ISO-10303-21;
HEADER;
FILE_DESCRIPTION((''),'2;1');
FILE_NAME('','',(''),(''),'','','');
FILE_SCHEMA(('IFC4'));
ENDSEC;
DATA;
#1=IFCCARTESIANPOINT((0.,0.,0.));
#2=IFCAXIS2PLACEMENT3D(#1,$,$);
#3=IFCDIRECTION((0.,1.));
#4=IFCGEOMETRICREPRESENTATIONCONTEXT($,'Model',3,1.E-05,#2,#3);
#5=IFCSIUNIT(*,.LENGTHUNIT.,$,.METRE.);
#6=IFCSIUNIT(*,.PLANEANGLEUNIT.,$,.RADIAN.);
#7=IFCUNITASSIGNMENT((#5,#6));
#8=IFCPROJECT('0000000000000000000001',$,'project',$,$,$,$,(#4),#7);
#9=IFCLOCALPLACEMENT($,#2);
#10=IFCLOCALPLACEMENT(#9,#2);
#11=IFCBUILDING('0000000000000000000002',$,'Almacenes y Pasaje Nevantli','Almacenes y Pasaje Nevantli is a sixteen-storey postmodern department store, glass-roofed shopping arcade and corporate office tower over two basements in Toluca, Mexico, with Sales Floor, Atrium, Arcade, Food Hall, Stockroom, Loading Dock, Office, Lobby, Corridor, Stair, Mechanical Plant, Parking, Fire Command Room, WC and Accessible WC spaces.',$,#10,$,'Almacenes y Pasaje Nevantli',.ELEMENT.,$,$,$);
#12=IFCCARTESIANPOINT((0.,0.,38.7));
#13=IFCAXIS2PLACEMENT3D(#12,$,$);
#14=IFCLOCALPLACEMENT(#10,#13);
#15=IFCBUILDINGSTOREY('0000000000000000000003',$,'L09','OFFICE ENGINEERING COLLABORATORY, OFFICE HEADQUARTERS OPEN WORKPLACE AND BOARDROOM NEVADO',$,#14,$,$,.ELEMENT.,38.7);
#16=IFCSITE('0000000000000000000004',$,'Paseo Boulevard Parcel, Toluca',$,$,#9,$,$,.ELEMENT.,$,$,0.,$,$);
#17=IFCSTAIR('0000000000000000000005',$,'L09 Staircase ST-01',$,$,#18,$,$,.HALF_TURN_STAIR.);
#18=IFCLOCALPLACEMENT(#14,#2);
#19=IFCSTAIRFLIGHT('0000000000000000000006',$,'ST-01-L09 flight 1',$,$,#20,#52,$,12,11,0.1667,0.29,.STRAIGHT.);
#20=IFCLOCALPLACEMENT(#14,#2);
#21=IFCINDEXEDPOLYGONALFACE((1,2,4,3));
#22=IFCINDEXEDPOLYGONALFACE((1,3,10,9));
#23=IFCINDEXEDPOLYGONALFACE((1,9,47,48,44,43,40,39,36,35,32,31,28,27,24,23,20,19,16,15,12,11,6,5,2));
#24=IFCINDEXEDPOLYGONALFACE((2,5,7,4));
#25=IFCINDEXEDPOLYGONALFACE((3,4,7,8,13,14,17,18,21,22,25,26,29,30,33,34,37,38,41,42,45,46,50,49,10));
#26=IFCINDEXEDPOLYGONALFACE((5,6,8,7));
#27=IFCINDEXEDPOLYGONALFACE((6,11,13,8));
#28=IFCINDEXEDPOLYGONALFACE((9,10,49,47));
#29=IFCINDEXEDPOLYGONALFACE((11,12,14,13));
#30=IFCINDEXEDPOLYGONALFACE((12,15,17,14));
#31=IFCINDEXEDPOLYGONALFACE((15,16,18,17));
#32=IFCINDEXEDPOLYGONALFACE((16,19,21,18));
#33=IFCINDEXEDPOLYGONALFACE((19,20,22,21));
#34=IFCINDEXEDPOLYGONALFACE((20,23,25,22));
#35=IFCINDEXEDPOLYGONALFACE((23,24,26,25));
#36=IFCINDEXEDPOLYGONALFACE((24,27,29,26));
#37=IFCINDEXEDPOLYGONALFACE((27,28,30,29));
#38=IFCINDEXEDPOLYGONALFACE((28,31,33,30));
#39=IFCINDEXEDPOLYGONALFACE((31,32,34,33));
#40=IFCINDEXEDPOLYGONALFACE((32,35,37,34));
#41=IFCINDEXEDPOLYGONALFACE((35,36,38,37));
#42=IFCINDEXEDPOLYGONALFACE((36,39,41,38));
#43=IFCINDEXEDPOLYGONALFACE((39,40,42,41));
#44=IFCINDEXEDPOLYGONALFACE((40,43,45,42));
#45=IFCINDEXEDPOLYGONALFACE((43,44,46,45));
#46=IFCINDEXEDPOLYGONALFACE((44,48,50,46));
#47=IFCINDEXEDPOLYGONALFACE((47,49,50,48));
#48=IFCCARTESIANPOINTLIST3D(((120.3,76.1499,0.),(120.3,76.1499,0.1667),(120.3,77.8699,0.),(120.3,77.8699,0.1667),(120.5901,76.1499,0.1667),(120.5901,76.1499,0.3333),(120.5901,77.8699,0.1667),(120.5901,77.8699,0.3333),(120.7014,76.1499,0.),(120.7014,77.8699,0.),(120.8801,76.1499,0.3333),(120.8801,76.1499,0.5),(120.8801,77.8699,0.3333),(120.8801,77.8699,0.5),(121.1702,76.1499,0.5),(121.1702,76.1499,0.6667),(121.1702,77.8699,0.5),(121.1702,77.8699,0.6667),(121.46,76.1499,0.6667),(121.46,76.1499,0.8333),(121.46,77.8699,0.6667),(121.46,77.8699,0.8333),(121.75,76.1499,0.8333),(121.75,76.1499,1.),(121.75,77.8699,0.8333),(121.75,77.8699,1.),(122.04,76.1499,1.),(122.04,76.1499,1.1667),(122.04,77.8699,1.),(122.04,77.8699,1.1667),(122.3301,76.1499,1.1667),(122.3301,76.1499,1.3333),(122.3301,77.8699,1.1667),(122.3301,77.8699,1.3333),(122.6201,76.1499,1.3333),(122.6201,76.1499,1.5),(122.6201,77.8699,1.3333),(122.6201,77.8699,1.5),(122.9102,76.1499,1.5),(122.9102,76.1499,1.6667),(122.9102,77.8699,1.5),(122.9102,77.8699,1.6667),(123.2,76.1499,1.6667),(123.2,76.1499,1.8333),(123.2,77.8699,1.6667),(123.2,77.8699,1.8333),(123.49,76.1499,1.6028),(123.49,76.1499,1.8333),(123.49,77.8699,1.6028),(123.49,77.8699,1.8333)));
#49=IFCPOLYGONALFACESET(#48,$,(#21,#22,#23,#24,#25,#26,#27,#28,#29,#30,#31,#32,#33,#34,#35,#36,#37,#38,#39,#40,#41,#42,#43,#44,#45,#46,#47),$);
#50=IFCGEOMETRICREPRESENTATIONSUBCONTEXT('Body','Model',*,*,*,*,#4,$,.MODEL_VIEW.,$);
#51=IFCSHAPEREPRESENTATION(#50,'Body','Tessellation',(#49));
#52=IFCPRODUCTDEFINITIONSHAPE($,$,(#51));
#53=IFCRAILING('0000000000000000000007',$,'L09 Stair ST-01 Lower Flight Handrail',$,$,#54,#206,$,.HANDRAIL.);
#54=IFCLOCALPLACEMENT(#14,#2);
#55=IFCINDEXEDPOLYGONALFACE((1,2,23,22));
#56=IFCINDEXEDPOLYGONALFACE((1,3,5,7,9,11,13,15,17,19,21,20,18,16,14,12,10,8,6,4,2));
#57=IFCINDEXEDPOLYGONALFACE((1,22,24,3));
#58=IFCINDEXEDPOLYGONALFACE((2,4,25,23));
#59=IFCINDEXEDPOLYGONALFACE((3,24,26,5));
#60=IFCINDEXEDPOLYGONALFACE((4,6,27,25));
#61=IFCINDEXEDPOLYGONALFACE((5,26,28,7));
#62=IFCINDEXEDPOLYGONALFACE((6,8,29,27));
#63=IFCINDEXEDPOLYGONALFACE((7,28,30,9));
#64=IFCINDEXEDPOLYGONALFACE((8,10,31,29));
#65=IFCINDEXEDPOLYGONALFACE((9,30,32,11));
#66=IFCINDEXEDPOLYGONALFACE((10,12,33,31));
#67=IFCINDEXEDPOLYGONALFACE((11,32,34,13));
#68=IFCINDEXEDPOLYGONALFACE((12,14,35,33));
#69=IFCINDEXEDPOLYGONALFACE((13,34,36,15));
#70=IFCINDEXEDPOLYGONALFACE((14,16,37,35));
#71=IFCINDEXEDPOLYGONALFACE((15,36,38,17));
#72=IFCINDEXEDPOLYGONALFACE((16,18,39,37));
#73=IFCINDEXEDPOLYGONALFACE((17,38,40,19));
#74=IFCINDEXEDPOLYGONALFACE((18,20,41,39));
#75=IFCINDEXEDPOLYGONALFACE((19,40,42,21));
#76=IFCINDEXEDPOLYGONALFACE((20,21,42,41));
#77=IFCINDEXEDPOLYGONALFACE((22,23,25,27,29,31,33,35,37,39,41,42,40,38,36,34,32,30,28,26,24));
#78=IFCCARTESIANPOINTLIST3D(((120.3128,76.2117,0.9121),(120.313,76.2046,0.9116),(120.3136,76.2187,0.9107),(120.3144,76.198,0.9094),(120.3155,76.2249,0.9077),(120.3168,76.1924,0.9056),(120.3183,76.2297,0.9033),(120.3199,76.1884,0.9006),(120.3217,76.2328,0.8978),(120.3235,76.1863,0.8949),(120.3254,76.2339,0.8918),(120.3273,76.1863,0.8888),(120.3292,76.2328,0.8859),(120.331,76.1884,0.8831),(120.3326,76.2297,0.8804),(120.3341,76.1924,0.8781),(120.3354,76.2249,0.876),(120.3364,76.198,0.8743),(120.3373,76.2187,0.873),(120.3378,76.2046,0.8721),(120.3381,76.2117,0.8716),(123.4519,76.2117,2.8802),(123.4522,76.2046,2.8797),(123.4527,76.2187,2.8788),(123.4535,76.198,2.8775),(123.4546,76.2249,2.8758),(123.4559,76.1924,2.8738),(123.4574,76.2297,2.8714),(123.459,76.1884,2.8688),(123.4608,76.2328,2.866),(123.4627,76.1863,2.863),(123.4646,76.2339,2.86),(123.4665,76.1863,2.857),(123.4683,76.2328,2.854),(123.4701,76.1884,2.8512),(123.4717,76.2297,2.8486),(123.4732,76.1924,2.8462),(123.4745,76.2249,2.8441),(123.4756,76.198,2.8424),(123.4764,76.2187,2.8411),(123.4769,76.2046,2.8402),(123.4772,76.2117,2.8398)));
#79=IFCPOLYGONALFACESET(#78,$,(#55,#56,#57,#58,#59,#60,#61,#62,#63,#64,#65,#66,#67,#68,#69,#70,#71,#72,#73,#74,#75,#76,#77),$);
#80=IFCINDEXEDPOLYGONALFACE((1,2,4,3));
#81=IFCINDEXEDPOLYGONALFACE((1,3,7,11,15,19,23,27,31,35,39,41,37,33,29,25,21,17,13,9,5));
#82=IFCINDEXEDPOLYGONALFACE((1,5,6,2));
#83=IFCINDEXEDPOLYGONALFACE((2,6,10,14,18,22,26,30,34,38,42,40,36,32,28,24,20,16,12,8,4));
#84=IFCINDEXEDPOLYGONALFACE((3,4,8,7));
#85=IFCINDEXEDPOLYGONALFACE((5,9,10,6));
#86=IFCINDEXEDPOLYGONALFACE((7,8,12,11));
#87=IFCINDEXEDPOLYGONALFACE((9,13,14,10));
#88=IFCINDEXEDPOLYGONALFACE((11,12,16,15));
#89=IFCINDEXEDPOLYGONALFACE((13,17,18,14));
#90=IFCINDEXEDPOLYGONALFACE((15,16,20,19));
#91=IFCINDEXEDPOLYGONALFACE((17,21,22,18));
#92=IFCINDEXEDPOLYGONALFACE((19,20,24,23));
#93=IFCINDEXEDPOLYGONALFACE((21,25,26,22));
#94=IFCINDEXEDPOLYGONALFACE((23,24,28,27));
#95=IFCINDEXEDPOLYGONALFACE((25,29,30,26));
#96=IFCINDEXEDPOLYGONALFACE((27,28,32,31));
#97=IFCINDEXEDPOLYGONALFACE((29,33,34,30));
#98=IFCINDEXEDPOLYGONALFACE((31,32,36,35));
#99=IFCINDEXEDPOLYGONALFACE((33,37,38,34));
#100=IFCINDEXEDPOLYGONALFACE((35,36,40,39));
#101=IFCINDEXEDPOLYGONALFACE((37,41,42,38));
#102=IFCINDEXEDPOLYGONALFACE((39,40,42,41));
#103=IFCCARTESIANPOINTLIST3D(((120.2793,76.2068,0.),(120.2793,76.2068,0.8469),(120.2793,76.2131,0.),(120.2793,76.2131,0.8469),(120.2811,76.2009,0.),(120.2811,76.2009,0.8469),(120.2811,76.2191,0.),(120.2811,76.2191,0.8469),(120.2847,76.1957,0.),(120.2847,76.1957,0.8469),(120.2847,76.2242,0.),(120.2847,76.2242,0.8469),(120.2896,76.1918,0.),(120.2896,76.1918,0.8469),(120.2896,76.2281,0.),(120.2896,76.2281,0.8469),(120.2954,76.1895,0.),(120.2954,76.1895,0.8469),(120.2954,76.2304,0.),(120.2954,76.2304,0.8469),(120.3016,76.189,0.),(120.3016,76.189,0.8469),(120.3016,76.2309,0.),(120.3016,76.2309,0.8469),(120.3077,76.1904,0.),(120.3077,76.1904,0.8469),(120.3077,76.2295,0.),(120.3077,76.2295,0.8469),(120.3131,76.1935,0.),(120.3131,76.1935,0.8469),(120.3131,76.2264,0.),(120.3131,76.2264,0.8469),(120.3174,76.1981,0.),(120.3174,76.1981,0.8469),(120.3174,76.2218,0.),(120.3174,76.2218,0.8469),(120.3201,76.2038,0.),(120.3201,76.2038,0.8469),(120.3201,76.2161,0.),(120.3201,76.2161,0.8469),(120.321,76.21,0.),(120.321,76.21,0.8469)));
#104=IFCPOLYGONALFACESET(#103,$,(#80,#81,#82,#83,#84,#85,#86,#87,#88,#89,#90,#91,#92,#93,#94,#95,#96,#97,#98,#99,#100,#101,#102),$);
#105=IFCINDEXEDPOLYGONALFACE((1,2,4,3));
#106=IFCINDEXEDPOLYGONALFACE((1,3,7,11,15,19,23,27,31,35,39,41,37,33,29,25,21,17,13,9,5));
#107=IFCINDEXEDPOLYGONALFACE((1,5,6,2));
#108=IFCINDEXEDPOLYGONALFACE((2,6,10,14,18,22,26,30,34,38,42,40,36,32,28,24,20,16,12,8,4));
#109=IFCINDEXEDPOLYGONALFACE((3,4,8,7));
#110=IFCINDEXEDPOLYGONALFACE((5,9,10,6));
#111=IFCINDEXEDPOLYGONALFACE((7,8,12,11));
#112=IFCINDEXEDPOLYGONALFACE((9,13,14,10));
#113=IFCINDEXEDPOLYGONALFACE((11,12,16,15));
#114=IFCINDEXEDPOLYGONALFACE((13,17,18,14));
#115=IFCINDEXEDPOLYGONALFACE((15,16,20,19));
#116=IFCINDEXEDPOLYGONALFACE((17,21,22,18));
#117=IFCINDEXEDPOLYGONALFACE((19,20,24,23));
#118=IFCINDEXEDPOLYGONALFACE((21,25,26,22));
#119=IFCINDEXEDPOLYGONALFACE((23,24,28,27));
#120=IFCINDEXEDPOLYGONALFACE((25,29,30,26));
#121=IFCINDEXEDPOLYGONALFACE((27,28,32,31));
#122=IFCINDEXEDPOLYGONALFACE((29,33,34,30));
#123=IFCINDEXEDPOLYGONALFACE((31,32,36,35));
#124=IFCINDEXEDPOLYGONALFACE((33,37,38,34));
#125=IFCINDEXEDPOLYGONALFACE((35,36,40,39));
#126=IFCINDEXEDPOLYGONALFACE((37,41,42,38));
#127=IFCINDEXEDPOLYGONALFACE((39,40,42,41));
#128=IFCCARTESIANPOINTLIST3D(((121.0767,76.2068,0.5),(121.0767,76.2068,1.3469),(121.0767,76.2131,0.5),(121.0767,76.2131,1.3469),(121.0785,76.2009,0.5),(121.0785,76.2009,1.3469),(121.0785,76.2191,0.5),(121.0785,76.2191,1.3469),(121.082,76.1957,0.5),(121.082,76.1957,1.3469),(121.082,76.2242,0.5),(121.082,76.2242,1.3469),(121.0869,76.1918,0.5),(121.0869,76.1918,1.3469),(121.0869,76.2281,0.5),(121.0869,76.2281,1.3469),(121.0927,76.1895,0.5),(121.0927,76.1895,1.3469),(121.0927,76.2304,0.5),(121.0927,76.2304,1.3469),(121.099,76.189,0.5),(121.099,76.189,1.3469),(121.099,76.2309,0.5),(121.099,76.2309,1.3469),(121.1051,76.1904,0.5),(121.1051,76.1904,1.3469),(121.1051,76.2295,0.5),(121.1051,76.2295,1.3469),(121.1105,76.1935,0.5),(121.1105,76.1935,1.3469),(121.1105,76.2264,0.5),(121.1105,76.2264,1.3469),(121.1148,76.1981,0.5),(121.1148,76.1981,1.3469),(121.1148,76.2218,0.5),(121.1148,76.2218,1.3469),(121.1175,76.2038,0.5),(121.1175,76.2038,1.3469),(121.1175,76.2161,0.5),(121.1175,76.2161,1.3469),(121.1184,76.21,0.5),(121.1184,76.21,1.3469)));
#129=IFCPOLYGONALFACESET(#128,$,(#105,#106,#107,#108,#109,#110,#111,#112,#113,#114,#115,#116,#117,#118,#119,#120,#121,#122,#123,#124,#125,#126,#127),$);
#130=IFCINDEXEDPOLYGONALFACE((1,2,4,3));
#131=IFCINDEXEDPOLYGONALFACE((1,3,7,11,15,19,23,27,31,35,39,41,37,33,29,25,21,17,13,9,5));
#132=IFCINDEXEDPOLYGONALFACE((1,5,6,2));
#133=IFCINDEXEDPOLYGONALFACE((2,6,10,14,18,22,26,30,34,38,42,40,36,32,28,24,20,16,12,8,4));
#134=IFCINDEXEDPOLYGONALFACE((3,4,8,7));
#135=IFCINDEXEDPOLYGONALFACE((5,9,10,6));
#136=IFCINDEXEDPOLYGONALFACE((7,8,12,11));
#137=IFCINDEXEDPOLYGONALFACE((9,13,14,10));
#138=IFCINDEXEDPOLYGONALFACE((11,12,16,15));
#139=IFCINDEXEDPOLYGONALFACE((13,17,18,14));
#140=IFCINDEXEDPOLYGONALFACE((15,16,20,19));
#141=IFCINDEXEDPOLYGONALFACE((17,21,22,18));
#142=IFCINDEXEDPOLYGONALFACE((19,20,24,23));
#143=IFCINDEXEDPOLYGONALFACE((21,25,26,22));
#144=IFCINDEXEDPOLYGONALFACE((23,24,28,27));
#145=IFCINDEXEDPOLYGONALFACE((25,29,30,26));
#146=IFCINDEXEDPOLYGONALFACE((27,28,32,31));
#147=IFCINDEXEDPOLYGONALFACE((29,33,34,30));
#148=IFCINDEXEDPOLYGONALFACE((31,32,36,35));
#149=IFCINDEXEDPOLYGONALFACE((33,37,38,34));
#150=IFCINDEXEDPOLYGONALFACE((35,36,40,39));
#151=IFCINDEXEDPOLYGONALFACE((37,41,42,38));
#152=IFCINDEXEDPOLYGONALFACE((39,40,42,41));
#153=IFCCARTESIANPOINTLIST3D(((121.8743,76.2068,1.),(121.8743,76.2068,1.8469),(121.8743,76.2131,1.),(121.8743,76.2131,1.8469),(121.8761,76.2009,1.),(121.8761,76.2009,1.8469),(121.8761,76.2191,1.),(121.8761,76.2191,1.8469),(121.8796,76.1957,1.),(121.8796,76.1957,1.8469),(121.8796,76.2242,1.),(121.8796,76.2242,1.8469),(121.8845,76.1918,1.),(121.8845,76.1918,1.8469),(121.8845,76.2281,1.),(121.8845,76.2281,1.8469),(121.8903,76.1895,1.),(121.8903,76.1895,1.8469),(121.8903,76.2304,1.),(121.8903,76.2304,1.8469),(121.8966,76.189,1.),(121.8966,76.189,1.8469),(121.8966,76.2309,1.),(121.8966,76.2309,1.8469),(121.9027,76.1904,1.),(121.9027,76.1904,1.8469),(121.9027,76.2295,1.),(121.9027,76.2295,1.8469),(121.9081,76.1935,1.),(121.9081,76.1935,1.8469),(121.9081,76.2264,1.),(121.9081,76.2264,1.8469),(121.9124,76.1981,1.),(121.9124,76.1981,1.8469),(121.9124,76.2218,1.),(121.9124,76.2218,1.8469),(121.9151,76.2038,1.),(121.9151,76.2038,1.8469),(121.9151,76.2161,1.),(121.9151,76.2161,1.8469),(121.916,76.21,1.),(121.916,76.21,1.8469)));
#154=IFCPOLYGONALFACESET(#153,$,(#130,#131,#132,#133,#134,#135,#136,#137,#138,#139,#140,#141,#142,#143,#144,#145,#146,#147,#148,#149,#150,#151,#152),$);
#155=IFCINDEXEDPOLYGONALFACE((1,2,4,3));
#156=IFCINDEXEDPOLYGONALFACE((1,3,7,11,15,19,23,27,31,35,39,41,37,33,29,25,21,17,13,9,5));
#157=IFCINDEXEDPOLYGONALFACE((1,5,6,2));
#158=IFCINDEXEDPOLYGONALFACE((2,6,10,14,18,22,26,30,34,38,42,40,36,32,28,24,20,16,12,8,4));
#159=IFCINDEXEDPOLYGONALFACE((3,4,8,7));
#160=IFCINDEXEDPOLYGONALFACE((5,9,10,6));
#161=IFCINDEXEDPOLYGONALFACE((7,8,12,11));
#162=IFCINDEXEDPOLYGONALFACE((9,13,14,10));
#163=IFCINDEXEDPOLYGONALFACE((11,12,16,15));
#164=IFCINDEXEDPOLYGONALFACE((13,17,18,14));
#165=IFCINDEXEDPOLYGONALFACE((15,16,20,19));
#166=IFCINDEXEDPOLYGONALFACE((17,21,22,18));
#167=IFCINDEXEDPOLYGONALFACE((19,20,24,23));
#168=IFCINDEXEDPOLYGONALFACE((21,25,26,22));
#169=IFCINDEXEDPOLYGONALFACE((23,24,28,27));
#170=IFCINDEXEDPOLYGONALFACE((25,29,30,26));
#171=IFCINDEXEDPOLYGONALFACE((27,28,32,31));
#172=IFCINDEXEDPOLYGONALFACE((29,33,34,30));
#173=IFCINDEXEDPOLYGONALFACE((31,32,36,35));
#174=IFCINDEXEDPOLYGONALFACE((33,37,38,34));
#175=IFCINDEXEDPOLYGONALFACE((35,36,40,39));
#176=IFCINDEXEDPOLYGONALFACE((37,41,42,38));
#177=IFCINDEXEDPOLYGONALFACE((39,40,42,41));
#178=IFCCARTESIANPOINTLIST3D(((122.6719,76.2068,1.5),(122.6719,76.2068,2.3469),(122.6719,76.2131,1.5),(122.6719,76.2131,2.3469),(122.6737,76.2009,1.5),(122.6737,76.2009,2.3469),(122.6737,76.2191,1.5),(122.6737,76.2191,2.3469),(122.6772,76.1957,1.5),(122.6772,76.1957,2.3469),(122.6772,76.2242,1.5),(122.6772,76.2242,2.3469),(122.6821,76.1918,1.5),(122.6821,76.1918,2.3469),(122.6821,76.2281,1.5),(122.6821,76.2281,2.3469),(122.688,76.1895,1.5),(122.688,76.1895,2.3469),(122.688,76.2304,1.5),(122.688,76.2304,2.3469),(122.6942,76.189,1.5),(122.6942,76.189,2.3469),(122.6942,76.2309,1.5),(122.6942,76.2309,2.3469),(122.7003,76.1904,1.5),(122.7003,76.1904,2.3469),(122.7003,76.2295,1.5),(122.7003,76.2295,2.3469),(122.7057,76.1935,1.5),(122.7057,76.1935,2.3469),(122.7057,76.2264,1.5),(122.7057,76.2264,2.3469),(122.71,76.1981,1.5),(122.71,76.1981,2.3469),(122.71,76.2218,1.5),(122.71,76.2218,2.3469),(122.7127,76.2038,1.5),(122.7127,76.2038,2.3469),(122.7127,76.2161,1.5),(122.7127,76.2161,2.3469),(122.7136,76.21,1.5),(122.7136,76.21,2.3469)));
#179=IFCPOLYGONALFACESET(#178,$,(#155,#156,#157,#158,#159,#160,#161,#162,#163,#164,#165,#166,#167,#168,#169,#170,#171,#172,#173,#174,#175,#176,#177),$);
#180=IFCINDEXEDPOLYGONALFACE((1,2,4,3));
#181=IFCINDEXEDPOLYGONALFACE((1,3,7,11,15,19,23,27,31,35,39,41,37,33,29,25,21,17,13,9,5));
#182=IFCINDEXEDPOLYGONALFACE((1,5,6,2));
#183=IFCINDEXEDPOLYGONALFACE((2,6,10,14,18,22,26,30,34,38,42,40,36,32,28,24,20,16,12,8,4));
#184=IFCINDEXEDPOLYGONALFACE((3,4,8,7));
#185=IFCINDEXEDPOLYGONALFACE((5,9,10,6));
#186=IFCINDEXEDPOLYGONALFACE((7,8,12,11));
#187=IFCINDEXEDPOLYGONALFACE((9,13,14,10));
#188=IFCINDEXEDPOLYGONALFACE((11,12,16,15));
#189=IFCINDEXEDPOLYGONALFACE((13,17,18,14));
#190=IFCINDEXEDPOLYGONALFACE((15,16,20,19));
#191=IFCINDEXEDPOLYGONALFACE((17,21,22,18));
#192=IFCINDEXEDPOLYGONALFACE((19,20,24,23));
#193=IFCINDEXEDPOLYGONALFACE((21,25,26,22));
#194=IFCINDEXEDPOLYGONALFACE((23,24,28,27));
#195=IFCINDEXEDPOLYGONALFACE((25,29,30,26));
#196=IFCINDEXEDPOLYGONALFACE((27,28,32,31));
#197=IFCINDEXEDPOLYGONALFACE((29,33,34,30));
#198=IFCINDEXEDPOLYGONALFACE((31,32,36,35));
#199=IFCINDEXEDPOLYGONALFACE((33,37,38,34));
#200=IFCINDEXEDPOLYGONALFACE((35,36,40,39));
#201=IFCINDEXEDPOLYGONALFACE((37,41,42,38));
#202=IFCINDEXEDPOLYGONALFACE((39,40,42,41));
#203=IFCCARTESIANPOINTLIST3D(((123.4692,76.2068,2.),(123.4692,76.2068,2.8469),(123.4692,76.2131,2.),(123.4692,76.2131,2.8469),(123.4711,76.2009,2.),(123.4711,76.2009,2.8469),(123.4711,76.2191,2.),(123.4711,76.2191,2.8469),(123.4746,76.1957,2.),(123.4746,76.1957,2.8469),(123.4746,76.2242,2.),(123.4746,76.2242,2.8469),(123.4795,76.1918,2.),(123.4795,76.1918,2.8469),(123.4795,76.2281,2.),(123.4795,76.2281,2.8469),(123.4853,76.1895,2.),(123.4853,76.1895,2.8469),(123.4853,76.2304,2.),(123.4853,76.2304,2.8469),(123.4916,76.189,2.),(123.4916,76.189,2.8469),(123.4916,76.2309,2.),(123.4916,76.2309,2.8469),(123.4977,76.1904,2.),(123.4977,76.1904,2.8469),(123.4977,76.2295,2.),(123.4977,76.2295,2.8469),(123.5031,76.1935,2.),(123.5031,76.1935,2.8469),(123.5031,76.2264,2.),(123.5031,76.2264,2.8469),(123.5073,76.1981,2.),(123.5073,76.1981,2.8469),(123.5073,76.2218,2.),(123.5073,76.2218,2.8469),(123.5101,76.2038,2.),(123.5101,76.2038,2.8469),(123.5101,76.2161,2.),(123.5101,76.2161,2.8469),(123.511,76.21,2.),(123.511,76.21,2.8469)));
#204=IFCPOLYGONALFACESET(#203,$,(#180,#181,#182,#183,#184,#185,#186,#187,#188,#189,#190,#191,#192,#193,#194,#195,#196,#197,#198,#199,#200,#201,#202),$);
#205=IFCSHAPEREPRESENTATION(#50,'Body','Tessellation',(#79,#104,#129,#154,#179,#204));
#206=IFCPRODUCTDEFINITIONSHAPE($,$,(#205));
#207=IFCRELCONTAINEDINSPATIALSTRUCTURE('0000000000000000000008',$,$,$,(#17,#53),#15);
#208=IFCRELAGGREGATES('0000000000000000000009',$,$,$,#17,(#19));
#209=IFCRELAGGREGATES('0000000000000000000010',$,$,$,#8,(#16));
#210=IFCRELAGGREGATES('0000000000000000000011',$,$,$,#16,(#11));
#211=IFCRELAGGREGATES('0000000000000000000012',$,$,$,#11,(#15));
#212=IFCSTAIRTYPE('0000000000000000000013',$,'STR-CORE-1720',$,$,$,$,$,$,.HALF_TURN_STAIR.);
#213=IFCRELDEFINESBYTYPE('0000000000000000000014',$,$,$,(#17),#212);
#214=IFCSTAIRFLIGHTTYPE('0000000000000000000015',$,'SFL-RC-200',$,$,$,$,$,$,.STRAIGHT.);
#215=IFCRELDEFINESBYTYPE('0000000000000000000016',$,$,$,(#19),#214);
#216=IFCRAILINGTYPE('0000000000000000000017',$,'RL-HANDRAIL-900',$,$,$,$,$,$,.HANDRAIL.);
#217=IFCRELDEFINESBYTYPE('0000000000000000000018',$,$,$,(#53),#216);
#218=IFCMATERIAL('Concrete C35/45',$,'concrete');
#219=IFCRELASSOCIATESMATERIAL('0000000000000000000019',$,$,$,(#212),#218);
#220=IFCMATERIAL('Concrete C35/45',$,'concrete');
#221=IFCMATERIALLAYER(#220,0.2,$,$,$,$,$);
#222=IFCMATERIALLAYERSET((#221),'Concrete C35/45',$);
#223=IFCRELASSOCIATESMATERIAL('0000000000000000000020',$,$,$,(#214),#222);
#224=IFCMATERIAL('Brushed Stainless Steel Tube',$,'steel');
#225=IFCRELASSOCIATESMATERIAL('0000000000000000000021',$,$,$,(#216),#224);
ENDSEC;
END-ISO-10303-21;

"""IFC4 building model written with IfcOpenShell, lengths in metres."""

from ifc_helpers import new_model, si_unit, direction, frame, origin, origin_2d, place, context, subcontext, project, spatial, polyline, circle, outline, extrude, material, layer, layer_set, type_object, element, aggregate, save


model = new_model("IFC4")

# Units and contexts
model_context = context("Model", 3, precision=1e-05, world=origin(), true_north=direction((0.0, 1.0)))
body_context = subcontext(model_context, "Body", "Model", "MODEL_VIEW")
ifc_project = project(units=[si_unit("LENGTHUNIT", "METRE"), si_unit("PLANEANGLEUNIT", "RADIAN")], contexts=[model_context])

# Site, building, storey
site_placement = place(None, origin())
site = spatial("IfcSite", under=ifc_project, at=site_placement, Name="Paseo Boulevard Parcel, Toluca", CompositionType="ELEMENT", RefElevation=0.0)
building_placement = place(site_placement, origin())
building = spatial("IfcBuilding", under=site, at=building_placement, Name="Almacenes y Pasaje Nevantli", Description="Almacenes y Pasaje Nevantli is a sixteen-storey postmodern department store, glass-roofed shopping arcade and corporate office tower over two basements in Toluca, Mexico, with Sales Floor, Atrium, Arcade, Food Hall, Stockroom, Loading Dock, Office, Lobby, Corridor, Stair, Mechanical Plant, Parking, Fire Command Room, WC and Accessible WC spaces.", LongName="Almacenes y Pasaje Nevantli", CompositionType="ELEMENT")
storey_placement = place(building_placement, frame((0.0, 0.0, 38.7)))
storey = spatial("IfcBuildingStorey", under=building, at=storey_placement, Name="L09", Description="OFFICE ENGINEERING COLLABORATORY, OFFICE HEADQUARTERS OPEN WORKPLACE AND BOARDROOM NEVADO", CompositionType="ELEMENT", Elevation=38.7)

# Stair, stair flight
ifc_material_1 = material(Name="Concrete C35/45", Category="concrete")
stair_type = type_object("IfcStairType", Name="STR-CORE-1720", PredefinedType="HALF_TURN_STAIR", material=ifc_material_1)
stair_placement = place(storey_placement, origin())
stair = element("IfcStair", 1, at=stair_placement, inside=storey, type_object=stair_type, Name="L09 Staircase ST-01", PredefinedType="HALF_TURN_STAIR")
ifc_material_2 = material(Name="Concrete C35/45", Category="concrete")
ifc_layer_1 = layer(ifc_material_2, 0.2)
ifc_layer_set_1 = layer_set([ifc_layer_1], Name="Concrete C35/45")
stair_flight_type = type_object("IfcStairFlightType", Name="SFL-RC-200", PredefinedType="STRAIGHT", material=ifc_layer_set_1)
stair_flight_placement = place(storey_placement, frame((120.3, 77.01, 0.0), z_axis=(0.0, 0.0, 1.0), x_axis=(1.0, 0.0, 0.0)))
stair_flight = element("IfcStairFlight", 2, at=stair_flight_placement, type_object=stair_flight_type, Name="ST-01-L09 flight 1", NumberOfRisers=12, NumberOfTreads=11, PredefinedType="STRAIGHT", RiserHeight=0.1667, TreadLength=0.29, context=body_context, shape_type="SweptSolid", body=[
    extrude(outline(polyline([(0.0, 0.0), (0.0, 0.1667), (0.29, 0.1667), (0.29, 0.3333), (0.5801, 0.3333), (0.5801, 0.5), (0.8701, 0.5), (0.8701, 0.6667), (1.1599, 0.6667), (1.1599, 0.8333), (1.45, 0.8333), (1.45, 1.0), (1.74, 1.0), (1.74, 1.1667), (2.03, 1.1667), (2.03, 1.3333), (2.3201, 1.3333), (2.3201, 1.5), (2.6101, 1.5), (2.6101, 1.6667), (2.8999, 1.6667), (2.8999, 1.8333), (3.1899, 1.8333), (3.1899, 2.0), (3.1899, 1.6028), (0.4014, 0.0), (0.0, 0.0)])), frame((0.0, 0.8599, 0.0), z_axis=(0.0, -1.0, 0.0), x_axis=(1.0, 0.0, 0.0)), (0.0, 0.0, 1.0), 1.72),
])
aggregate(stair, [stair_flight])

# Railing
ifc_material_3 = material(Name="Brushed Stainless Steel Tube", Category="steel")
railing_type = type_object("IfcRailingType", Name="RL-HANDRAIL-900", PredefinedType="HANDRAIL", material=ifc_material_3)
railing_placement = place(storey_placement, frame((120.3, 76.21, 0.0)))
element("IfcRailing", 3, at=railing_placement, inside=storey, type_object=railing_type, Name="L09 Stair ST-01 Lower Flight Handrail", PredefinedType="HANDRAIL", context=body_context, shape_type="SweptSolid", body=[
    extrude(circle(Radius=0.0239, at=origin_2d()), frame((0.0254, 0.0, 0.8918), z_axis=(0.847247, 0.0, 0.531199), x_axis=(0.0, 1.0, 0.0)), (0.0, 0.0, 1.0), 3.7051),
    extrude(circle(Radius=0.021, at=origin_2d()), origin(), (0.0, 0.0, 1.0), 0.8469),
    extrude(circle(Radius=0.021, at=origin_2d()), frame((0.7974, 0.0, 0.5)), (0.0, 0.0, 1.0), 0.8469),
    extrude(circle(Radius=0.021, at=origin_2d()), frame((1.595, 0.0, 1.0)), (0.0, 0.0, 1.0), 0.8469),
    extrude(circle(Radius=0.021, at=origin_2d()), frame((2.3926, 0.0, 1.5)), (0.0, 0.0, 1.0), 0.8469),
    extrude(circle(Radius=0.021, at=origin_2d()), frame((3.1899, 0.0, 2.0)), (0.0, 0.0, 1.0), 0.8469),
])

save(model, "model.ifc")
